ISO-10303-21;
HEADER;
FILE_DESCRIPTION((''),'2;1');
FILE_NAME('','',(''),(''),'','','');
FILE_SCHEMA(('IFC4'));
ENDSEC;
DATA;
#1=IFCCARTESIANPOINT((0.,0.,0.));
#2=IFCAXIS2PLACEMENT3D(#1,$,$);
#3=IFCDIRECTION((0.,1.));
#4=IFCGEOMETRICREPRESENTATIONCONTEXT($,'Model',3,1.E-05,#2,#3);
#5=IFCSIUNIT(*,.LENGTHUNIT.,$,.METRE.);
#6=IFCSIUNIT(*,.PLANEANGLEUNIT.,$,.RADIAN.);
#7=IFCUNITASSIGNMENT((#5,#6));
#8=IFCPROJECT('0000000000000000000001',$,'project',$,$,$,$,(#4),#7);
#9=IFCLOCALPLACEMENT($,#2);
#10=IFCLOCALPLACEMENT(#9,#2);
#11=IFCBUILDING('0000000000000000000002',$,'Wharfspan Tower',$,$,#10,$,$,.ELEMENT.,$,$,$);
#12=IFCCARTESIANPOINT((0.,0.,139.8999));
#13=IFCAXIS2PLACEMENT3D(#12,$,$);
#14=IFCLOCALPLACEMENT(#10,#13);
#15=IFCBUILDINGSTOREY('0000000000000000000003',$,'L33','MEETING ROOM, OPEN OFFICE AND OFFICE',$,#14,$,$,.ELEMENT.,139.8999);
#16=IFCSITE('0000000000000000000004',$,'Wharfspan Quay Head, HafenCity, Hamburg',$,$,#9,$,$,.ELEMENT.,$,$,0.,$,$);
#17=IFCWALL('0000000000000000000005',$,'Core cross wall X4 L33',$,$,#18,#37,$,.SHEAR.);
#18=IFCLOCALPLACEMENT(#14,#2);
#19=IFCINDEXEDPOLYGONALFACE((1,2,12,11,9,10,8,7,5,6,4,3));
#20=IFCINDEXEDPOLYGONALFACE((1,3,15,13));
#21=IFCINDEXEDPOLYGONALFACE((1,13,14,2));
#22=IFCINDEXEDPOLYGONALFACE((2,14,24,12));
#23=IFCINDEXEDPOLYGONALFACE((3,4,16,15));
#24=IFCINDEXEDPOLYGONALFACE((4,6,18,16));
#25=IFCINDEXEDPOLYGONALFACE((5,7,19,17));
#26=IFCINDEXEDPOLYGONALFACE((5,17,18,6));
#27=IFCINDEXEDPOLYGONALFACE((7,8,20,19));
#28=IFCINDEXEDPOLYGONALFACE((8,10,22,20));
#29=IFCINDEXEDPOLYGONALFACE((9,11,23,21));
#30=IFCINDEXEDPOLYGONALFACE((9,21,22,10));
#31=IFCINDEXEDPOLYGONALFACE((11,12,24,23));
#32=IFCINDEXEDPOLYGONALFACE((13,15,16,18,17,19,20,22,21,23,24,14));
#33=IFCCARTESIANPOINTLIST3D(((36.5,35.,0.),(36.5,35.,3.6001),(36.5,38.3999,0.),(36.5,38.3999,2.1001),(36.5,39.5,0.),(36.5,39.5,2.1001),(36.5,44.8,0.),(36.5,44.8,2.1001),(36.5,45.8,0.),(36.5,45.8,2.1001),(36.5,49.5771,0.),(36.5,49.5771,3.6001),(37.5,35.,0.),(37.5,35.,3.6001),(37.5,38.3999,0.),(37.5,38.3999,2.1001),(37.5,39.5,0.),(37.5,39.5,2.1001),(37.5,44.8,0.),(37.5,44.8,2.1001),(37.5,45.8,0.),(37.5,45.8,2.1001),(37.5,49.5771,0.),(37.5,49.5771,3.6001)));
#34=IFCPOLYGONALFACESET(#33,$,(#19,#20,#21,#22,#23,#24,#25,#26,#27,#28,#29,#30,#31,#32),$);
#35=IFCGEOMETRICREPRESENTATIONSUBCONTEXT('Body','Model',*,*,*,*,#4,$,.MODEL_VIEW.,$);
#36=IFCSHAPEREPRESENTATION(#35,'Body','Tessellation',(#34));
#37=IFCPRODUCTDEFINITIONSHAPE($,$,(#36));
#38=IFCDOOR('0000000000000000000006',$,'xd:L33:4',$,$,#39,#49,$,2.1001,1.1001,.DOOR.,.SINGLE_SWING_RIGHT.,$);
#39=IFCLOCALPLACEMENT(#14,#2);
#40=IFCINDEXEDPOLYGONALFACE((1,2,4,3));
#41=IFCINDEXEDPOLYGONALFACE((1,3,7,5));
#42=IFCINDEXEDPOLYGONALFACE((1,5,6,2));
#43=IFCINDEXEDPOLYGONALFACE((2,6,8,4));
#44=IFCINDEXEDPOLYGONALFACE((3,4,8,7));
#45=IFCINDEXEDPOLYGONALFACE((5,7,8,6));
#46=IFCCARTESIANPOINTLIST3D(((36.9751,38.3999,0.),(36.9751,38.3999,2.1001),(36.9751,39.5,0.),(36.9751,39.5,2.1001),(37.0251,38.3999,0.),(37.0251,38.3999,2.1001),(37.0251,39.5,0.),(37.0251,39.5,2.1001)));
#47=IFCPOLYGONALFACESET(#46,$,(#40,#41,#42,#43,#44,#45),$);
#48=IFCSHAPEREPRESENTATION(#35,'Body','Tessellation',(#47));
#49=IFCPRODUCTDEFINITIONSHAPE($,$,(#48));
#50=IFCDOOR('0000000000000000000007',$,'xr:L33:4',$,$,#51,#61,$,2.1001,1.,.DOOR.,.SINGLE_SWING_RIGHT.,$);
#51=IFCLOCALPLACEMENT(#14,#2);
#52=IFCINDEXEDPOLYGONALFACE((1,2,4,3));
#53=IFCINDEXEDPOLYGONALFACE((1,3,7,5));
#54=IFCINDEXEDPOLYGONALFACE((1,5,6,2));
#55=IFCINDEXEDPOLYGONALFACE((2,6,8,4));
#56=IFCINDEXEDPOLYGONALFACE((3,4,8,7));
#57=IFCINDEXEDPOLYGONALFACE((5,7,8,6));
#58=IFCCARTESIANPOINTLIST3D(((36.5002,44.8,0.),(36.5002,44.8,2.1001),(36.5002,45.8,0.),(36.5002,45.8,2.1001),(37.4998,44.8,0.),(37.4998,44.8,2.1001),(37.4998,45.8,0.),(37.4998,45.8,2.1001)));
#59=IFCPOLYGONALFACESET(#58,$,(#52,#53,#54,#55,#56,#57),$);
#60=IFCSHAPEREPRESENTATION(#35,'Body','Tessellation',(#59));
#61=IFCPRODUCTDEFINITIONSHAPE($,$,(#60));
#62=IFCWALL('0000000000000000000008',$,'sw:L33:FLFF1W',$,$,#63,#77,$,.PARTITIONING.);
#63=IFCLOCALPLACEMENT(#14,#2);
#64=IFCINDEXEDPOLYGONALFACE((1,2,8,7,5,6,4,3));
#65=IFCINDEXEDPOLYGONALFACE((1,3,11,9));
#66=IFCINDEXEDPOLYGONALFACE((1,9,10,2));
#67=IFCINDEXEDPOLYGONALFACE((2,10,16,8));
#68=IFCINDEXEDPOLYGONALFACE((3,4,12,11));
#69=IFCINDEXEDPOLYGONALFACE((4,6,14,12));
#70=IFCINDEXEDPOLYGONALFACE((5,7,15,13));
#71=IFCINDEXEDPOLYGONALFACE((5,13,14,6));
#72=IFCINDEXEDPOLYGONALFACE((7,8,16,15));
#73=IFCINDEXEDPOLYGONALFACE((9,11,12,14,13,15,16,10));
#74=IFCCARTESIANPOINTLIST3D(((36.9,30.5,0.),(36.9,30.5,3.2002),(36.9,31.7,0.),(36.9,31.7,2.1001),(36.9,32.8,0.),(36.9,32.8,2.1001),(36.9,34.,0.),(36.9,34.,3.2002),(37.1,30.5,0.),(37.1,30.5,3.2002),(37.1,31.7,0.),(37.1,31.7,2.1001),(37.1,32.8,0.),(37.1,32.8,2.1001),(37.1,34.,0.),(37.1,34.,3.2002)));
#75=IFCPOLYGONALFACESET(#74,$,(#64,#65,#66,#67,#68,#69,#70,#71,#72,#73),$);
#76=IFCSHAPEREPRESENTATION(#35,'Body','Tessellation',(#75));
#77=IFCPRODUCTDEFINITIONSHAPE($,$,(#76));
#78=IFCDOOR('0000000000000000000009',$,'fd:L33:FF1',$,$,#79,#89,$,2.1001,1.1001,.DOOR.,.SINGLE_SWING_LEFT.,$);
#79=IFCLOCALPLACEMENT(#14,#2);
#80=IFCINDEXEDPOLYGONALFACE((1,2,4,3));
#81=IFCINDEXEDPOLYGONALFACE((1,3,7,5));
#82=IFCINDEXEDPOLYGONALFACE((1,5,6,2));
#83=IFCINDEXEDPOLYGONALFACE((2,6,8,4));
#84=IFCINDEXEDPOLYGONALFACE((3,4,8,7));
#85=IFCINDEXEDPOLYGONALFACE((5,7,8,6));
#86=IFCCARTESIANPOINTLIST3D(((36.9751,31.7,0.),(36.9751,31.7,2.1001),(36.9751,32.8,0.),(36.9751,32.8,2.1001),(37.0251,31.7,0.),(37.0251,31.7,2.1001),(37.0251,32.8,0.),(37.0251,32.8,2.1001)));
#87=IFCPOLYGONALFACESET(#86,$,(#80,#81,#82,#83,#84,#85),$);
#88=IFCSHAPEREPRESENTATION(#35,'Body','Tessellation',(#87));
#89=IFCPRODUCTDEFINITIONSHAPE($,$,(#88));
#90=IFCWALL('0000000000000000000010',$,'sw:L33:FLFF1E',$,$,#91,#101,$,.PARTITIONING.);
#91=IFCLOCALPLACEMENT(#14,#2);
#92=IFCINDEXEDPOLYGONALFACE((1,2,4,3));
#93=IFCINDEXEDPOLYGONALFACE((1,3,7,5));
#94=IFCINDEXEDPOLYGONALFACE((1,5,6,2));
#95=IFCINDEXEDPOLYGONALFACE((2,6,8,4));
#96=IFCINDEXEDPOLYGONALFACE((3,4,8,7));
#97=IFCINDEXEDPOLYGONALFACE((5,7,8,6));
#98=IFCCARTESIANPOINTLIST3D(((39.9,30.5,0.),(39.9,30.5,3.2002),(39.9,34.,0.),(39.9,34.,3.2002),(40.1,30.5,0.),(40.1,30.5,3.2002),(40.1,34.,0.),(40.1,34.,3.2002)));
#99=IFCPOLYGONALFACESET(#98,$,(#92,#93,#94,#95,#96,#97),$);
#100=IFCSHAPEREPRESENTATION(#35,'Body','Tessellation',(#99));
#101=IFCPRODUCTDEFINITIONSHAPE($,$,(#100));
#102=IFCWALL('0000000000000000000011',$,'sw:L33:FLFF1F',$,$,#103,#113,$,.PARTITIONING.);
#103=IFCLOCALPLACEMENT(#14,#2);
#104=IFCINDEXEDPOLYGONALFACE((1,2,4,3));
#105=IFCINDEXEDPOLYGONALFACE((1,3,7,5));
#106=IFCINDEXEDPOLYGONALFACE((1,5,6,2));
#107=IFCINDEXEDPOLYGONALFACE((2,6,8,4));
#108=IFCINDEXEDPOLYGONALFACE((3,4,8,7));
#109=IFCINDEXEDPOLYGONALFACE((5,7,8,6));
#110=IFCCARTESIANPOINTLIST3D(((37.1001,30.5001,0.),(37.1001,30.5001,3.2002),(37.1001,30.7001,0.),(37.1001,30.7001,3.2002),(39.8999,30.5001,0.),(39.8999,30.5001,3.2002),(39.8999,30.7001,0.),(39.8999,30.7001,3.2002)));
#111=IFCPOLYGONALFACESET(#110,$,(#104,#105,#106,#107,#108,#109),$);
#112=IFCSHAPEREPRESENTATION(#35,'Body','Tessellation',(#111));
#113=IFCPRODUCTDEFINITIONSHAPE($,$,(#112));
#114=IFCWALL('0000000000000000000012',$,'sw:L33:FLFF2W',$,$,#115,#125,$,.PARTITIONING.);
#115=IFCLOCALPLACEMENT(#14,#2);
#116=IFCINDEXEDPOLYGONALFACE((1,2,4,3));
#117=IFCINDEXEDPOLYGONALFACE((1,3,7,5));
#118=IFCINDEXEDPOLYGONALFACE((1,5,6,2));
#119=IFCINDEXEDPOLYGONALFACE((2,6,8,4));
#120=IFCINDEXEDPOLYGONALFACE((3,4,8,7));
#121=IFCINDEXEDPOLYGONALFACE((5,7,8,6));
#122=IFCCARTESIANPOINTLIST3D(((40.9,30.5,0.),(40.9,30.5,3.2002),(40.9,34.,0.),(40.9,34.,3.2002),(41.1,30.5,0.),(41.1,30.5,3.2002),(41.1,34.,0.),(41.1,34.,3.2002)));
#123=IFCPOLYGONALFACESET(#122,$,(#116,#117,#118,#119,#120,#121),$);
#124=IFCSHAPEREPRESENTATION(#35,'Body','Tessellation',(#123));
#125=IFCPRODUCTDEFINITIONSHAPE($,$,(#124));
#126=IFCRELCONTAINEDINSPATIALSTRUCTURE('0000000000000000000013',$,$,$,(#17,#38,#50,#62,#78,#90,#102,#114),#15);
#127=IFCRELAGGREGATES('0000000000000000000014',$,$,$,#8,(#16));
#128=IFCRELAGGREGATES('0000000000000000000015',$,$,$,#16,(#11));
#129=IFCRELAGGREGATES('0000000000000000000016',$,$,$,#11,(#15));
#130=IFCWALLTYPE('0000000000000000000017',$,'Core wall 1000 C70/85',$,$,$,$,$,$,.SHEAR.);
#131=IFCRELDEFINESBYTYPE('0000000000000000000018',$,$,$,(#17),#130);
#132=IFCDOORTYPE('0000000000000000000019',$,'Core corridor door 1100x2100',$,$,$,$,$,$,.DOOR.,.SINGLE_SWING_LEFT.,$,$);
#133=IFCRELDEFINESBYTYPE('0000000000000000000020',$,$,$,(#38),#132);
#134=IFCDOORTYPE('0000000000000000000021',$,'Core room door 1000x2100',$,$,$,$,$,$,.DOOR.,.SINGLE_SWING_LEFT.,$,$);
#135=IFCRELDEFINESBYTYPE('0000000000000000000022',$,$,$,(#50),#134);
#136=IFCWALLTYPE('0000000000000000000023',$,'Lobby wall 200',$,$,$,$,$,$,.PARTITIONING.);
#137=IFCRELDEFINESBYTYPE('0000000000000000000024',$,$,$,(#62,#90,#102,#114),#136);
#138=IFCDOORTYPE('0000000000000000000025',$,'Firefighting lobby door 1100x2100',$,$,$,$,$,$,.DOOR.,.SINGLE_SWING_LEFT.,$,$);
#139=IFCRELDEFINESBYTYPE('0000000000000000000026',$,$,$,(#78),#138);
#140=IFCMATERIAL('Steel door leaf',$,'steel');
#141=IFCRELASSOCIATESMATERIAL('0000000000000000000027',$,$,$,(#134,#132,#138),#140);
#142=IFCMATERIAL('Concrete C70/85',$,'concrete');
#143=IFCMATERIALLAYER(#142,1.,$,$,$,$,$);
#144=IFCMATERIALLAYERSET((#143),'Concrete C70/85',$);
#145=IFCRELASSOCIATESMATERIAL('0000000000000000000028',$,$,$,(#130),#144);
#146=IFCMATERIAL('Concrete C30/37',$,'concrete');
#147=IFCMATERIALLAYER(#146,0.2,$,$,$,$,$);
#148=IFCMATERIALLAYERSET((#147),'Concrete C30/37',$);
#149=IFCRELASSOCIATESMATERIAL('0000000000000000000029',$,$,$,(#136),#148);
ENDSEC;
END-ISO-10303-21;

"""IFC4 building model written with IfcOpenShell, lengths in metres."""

from ifc_helpers import new_model, si_unit, direction, frame, frame_2d, origin, place, context, subcontext, project, spatial, rectangle, extrude, material, layer, layer_set, type_object, element, fill, save


model = new_model("IFC4")

# Units and contexts
model_context = context("Model", 3, precision=1e-05, world=origin(), true_north=direction((0.0, 1.0)))
body_context = subcontext(model_context, "Body", "Model", "MODEL_VIEW")
ifc_project = project(units=[si_unit("LENGTHUNIT", "METRE"), si_unit("PLANEANGLEUNIT", "RADIAN")], contexts=[model_context])

# Site, building, storey
site_placement = place(None, origin())
site = spatial("IfcSite", under=ifc_project, at=site_placement, Name="Wharfspan Quay Head, HafenCity, Hamburg", CompositionType="ELEMENT", RefElevation=0.0)
building_placement = place(site_placement, origin())
building = spatial("IfcBuilding", under=site, at=building_placement, Name="Wharfspan Tower", CompositionType="ELEMENT")
storey_placement = place(building_placement, frame((0.0, 0.0, 139.8999)))
storey = spatial("IfcBuildingStorey", under=building, at=storey_placement, Name="L33", Description="MEETING ROOM, OPEN OFFICE AND OFFICE", CompositionType="ELEMENT", Elevation=139.8999)

# Shared definitions
ifc_material_1 = material(Name="Steel door leaf", Category="steel")
door_type_1 = type_object("IfcDoorType", Name="Core room door 1000x2100", OperationType="SINGLE_SWING_LEFT", PredefinedType="DOOR", material=ifc_material_1)
ifc_material_2 = material(Name="Concrete C70/85", Category="concrete")
ifc_layer_1 = layer(ifc_material_2, 1.0)
ifc_layer_set_1 = layer_set([ifc_layer_1], Name="Concrete C70/85")
wall_type_1 = type_object("IfcWallType", Name="Core wall 1000 C70/85", PredefinedType="SHEAR", material=ifc_layer_set_1)
door_type_2 = type_object("IfcDoorType", Name="Core corridor door 1100x2100", OperationType="SINGLE_SWING_LEFT", PredefinedType="DOOR", material=ifc_material_1)

# Wall, openings, doors
wall_1_placement = place(storey_placement, frame((37.0, 35.0, 0.0), z_axis=(0.0, 0.0, 1.0), x_axis=(0.0, 1.0, 0.0)))
wall_1 = element("IfcWall", 1, at=wall_1_placement, inside=storey, type_object=wall_type_1, Name="Core cross wall X4 L33", PredefinedType="SHEAR", context=body_context, shape_type="SweptSolid", body=[
    extrude(rectangle(XDim=14.5771, YDim=1.0, at=frame_2d((7.2886, 0.0))), origin(), (0.0, 0.0, 1.0), 3.6001),
])
opening_1_placement = place(wall_1_placement, frame((3.3999, 0.0, 0.0)))
opening_1 = element("IfcOpeningElement", 2, at=opening_1_placement, cuts=wall_1, PredefinedType="OPENING", context=body_context, shape_type="SweptSolid", body=[
    extrude(rectangle(XDim=1.1001, YDim=2.1001, at=frame_2d((0.55, 1.05))), frame((0.0, 0.51, 0.0), z_axis=(0.0, -1.0, 0.0), x_axis=(1.0, 0.0, 0.0)), (0.0, 0.0, 1.0), 1.02),
])
opening_2_placement = place(wall_1_placement, frame((9.8, 0.0, 0.0)))
opening_2 = element("IfcOpeningElement", 3, at=opening_2_placement, cuts=wall_1, PredefinedType="OPENING", context=body_context, shape_type="SweptSolid", body=[
    extrude(rectangle(XDim=1.0, YDim=2.1001, at=frame_2d((0.5, 1.05))), frame((0.0, 0.51, 0.0), z_axis=(0.0, -1.0, 0.0), x_axis=(1.0, 0.0, 0.0)), (0.0, 0.0, 1.0), 1.02),
])
door_1_placement = place(opening_1_placement, origin())
door_1 = element("IfcDoor", 4, at=door_1_placement, inside=storey, type_object=door_type_2, Name="xd:L33:4", OperationType="SINGLE_SWING_RIGHT", OverallHeight=2.1001, OverallWidth=1.1001, PredefinedType="DOOR", context=body_context, shape_type="SweptSolid", body=[
    extrude(rectangle(XDim=1.1001, YDim=2.1001, at=frame_2d((0.55, 1.05))), frame((0.0, 0.0249, 0.0), z_axis=(0.0, -1.0, 0.0), x_axis=(1.0, 0.0, 0.0)), (0.0, 0.0, 1.0), 0.05),
])
fill(opening_1, door_1)
door_2_placement = place(opening_2_placement, origin())
door_2 = element("IfcDoor", 5, at=door_2_placement, inside=storey, type_object=door_type_1, Name="xr:L33:4", OperationType="SINGLE_SWING_RIGHT", OverallHeight=2.1001, OverallWidth=1.0, PredefinedType="DOOR", context=body_context, shape_type="SweptSolid", body=[
    extrude(rectangle(XDim=1.0, YDim=2.1001, at=frame_2d((0.5, 1.05))), frame((0.0, 0.4998, 0.0), z_axis=(0.0, -1.0, 0.0), x_axis=(1.0, 0.0, 0.0)), (0.0, 0.0, 1.0), 0.9995),
])
fill(opening_2, door_2)

# Wall, opening, door
ifc_material_3 = material(Name="Concrete C30/37", Category="concrete")
ifc_layer_2 = layer(ifc_material_3, 0.2)
ifc_layer_set_2 = layer_set([ifc_layer_2], Name="Concrete C30/37")
wall_type_2 = type_object("IfcWallType", Name="Lobby wall 200", PredefinedType="PARTITIONING", material=ifc_layer_set_2)
wall_2_placement = place(storey_placement, frame((37.0, 30.5, 0.0), z_axis=(0.0, 0.0, 1.0), x_axis=(0.0, 1.0, 0.0)))
wall_2 = element("IfcWall", 6, at=wall_2_placement, inside=storey, type_object=wall_type_2, Name="sw:L33:FLFF1W", PredefinedType="PARTITIONING", context=body_context, shape_type="SweptSolid", body=[
    extrude(rectangle(XDim=3.5, YDim=0.2, at=frame_2d((1.75, 0.0))), origin(), (0.0, 0.0, 1.0), 3.2002),
])
opening_3_placement = place(wall_2_placement, frame((1.2, 0.0, 0.0)))
opening_3 = element("IfcOpeningElement", 7, at=opening_3_placement, cuts=wall_2, PredefinedType="OPENING", context=body_context, shape_type="SweptSolid", body=[
    extrude(rectangle(XDim=1.1001, YDim=2.1001, at=frame_2d((0.55, 1.05))), frame((0.0, 0.1099, 0.0), z_axis=(0.0, -1.0, 0.0), x_axis=(1.0, 0.0, 0.0)), (0.0, 0.0, 1.0), 0.22),
])
door_type_3 = type_object("IfcDoorType", Name="Firefighting lobby door 1100x2100", OperationType="SINGLE_SWING_LEFT", PredefinedType="DOOR", material=ifc_material_1)
door_3_placement = place(opening_3_placement, origin())
door_3 = element("IfcDoor", 8, at=door_3_placement, inside=storey, type_object=door_type_3, Name="fd:L33:FF1", OperationType="SINGLE_SWING_LEFT", OverallHeight=2.1001, OverallWidth=1.1001, PredefinedType="DOOR", context=body_context, shape_type="SweptSolid", body=[
    extrude(rectangle(XDim=1.1001, YDim=2.1001, at=frame_2d((0.55, 1.05))), frame((0.0, 0.0249, 0.0), z_axis=(0.0, -1.0, 0.0), x_axis=(1.0, 0.0, 0.0)), (0.0, 0.0, 1.0), 0.05),
])
fill(opening_3, door_3)

# Walls
wall_3_placement = place(storey_placement, frame((40.0, 30.5, 0.0), z_axis=(0.0, 0.0, 1.0), x_axis=(0.0, 1.0, 0.0)))
element("IfcWall", 9, at=wall_3_placement, inside=storey, type_object=wall_type_2, Name="sw:L33:FLFF1E", PredefinedType="PARTITIONING", context=body_context, shape_type="SweptSolid", body=[
    extrude(rectangle(XDim=3.5, YDim=0.2, at=frame_2d((1.75, 0.0))), origin(), (0.0, 0.0, 1.0), 3.2002),
])
wall_4_placement = place(storey_placement, frame((37.1001, 30.6001, 0.0), z_axis=(0.0, 0.0, 1.0), x_axis=(1.0, 0.0, 0.0)))
element("IfcWall", 10, at=wall_4_placement, inside=storey, type_object=wall_type_2, Name="sw:L33:FLFF1F", PredefinedType="PARTITIONING", context=body_context, shape_type="SweptSolid", body=[
    extrude(rectangle(XDim=2.7998, YDim=0.2, at=frame_2d((1.3999, 0.0))), origin(), (0.0, 0.0, 1.0), 3.2002),
])
wall_5_placement = place(storey_placement, frame((41.0, 30.5, 0.0), z_axis=(0.0, 0.0, 1.0), x_axis=(0.0, 1.0, 0.0)))
element("IfcWall", 11, at=wall_5_placement, inside=storey, type_object=wall_type_2, Name="sw:L33:FLFF2W", PredefinedType="PARTITIONING", context=body_context, shape_type="SweptSolid", body=[
    extrude(rectangle(XDim=3.5, YDim=0.2, at=frame_2d((1.75, 0.0))), origin(), (0.0, 0.0, 1.0), 3.2002),
])

save(model, "model.ifc")
